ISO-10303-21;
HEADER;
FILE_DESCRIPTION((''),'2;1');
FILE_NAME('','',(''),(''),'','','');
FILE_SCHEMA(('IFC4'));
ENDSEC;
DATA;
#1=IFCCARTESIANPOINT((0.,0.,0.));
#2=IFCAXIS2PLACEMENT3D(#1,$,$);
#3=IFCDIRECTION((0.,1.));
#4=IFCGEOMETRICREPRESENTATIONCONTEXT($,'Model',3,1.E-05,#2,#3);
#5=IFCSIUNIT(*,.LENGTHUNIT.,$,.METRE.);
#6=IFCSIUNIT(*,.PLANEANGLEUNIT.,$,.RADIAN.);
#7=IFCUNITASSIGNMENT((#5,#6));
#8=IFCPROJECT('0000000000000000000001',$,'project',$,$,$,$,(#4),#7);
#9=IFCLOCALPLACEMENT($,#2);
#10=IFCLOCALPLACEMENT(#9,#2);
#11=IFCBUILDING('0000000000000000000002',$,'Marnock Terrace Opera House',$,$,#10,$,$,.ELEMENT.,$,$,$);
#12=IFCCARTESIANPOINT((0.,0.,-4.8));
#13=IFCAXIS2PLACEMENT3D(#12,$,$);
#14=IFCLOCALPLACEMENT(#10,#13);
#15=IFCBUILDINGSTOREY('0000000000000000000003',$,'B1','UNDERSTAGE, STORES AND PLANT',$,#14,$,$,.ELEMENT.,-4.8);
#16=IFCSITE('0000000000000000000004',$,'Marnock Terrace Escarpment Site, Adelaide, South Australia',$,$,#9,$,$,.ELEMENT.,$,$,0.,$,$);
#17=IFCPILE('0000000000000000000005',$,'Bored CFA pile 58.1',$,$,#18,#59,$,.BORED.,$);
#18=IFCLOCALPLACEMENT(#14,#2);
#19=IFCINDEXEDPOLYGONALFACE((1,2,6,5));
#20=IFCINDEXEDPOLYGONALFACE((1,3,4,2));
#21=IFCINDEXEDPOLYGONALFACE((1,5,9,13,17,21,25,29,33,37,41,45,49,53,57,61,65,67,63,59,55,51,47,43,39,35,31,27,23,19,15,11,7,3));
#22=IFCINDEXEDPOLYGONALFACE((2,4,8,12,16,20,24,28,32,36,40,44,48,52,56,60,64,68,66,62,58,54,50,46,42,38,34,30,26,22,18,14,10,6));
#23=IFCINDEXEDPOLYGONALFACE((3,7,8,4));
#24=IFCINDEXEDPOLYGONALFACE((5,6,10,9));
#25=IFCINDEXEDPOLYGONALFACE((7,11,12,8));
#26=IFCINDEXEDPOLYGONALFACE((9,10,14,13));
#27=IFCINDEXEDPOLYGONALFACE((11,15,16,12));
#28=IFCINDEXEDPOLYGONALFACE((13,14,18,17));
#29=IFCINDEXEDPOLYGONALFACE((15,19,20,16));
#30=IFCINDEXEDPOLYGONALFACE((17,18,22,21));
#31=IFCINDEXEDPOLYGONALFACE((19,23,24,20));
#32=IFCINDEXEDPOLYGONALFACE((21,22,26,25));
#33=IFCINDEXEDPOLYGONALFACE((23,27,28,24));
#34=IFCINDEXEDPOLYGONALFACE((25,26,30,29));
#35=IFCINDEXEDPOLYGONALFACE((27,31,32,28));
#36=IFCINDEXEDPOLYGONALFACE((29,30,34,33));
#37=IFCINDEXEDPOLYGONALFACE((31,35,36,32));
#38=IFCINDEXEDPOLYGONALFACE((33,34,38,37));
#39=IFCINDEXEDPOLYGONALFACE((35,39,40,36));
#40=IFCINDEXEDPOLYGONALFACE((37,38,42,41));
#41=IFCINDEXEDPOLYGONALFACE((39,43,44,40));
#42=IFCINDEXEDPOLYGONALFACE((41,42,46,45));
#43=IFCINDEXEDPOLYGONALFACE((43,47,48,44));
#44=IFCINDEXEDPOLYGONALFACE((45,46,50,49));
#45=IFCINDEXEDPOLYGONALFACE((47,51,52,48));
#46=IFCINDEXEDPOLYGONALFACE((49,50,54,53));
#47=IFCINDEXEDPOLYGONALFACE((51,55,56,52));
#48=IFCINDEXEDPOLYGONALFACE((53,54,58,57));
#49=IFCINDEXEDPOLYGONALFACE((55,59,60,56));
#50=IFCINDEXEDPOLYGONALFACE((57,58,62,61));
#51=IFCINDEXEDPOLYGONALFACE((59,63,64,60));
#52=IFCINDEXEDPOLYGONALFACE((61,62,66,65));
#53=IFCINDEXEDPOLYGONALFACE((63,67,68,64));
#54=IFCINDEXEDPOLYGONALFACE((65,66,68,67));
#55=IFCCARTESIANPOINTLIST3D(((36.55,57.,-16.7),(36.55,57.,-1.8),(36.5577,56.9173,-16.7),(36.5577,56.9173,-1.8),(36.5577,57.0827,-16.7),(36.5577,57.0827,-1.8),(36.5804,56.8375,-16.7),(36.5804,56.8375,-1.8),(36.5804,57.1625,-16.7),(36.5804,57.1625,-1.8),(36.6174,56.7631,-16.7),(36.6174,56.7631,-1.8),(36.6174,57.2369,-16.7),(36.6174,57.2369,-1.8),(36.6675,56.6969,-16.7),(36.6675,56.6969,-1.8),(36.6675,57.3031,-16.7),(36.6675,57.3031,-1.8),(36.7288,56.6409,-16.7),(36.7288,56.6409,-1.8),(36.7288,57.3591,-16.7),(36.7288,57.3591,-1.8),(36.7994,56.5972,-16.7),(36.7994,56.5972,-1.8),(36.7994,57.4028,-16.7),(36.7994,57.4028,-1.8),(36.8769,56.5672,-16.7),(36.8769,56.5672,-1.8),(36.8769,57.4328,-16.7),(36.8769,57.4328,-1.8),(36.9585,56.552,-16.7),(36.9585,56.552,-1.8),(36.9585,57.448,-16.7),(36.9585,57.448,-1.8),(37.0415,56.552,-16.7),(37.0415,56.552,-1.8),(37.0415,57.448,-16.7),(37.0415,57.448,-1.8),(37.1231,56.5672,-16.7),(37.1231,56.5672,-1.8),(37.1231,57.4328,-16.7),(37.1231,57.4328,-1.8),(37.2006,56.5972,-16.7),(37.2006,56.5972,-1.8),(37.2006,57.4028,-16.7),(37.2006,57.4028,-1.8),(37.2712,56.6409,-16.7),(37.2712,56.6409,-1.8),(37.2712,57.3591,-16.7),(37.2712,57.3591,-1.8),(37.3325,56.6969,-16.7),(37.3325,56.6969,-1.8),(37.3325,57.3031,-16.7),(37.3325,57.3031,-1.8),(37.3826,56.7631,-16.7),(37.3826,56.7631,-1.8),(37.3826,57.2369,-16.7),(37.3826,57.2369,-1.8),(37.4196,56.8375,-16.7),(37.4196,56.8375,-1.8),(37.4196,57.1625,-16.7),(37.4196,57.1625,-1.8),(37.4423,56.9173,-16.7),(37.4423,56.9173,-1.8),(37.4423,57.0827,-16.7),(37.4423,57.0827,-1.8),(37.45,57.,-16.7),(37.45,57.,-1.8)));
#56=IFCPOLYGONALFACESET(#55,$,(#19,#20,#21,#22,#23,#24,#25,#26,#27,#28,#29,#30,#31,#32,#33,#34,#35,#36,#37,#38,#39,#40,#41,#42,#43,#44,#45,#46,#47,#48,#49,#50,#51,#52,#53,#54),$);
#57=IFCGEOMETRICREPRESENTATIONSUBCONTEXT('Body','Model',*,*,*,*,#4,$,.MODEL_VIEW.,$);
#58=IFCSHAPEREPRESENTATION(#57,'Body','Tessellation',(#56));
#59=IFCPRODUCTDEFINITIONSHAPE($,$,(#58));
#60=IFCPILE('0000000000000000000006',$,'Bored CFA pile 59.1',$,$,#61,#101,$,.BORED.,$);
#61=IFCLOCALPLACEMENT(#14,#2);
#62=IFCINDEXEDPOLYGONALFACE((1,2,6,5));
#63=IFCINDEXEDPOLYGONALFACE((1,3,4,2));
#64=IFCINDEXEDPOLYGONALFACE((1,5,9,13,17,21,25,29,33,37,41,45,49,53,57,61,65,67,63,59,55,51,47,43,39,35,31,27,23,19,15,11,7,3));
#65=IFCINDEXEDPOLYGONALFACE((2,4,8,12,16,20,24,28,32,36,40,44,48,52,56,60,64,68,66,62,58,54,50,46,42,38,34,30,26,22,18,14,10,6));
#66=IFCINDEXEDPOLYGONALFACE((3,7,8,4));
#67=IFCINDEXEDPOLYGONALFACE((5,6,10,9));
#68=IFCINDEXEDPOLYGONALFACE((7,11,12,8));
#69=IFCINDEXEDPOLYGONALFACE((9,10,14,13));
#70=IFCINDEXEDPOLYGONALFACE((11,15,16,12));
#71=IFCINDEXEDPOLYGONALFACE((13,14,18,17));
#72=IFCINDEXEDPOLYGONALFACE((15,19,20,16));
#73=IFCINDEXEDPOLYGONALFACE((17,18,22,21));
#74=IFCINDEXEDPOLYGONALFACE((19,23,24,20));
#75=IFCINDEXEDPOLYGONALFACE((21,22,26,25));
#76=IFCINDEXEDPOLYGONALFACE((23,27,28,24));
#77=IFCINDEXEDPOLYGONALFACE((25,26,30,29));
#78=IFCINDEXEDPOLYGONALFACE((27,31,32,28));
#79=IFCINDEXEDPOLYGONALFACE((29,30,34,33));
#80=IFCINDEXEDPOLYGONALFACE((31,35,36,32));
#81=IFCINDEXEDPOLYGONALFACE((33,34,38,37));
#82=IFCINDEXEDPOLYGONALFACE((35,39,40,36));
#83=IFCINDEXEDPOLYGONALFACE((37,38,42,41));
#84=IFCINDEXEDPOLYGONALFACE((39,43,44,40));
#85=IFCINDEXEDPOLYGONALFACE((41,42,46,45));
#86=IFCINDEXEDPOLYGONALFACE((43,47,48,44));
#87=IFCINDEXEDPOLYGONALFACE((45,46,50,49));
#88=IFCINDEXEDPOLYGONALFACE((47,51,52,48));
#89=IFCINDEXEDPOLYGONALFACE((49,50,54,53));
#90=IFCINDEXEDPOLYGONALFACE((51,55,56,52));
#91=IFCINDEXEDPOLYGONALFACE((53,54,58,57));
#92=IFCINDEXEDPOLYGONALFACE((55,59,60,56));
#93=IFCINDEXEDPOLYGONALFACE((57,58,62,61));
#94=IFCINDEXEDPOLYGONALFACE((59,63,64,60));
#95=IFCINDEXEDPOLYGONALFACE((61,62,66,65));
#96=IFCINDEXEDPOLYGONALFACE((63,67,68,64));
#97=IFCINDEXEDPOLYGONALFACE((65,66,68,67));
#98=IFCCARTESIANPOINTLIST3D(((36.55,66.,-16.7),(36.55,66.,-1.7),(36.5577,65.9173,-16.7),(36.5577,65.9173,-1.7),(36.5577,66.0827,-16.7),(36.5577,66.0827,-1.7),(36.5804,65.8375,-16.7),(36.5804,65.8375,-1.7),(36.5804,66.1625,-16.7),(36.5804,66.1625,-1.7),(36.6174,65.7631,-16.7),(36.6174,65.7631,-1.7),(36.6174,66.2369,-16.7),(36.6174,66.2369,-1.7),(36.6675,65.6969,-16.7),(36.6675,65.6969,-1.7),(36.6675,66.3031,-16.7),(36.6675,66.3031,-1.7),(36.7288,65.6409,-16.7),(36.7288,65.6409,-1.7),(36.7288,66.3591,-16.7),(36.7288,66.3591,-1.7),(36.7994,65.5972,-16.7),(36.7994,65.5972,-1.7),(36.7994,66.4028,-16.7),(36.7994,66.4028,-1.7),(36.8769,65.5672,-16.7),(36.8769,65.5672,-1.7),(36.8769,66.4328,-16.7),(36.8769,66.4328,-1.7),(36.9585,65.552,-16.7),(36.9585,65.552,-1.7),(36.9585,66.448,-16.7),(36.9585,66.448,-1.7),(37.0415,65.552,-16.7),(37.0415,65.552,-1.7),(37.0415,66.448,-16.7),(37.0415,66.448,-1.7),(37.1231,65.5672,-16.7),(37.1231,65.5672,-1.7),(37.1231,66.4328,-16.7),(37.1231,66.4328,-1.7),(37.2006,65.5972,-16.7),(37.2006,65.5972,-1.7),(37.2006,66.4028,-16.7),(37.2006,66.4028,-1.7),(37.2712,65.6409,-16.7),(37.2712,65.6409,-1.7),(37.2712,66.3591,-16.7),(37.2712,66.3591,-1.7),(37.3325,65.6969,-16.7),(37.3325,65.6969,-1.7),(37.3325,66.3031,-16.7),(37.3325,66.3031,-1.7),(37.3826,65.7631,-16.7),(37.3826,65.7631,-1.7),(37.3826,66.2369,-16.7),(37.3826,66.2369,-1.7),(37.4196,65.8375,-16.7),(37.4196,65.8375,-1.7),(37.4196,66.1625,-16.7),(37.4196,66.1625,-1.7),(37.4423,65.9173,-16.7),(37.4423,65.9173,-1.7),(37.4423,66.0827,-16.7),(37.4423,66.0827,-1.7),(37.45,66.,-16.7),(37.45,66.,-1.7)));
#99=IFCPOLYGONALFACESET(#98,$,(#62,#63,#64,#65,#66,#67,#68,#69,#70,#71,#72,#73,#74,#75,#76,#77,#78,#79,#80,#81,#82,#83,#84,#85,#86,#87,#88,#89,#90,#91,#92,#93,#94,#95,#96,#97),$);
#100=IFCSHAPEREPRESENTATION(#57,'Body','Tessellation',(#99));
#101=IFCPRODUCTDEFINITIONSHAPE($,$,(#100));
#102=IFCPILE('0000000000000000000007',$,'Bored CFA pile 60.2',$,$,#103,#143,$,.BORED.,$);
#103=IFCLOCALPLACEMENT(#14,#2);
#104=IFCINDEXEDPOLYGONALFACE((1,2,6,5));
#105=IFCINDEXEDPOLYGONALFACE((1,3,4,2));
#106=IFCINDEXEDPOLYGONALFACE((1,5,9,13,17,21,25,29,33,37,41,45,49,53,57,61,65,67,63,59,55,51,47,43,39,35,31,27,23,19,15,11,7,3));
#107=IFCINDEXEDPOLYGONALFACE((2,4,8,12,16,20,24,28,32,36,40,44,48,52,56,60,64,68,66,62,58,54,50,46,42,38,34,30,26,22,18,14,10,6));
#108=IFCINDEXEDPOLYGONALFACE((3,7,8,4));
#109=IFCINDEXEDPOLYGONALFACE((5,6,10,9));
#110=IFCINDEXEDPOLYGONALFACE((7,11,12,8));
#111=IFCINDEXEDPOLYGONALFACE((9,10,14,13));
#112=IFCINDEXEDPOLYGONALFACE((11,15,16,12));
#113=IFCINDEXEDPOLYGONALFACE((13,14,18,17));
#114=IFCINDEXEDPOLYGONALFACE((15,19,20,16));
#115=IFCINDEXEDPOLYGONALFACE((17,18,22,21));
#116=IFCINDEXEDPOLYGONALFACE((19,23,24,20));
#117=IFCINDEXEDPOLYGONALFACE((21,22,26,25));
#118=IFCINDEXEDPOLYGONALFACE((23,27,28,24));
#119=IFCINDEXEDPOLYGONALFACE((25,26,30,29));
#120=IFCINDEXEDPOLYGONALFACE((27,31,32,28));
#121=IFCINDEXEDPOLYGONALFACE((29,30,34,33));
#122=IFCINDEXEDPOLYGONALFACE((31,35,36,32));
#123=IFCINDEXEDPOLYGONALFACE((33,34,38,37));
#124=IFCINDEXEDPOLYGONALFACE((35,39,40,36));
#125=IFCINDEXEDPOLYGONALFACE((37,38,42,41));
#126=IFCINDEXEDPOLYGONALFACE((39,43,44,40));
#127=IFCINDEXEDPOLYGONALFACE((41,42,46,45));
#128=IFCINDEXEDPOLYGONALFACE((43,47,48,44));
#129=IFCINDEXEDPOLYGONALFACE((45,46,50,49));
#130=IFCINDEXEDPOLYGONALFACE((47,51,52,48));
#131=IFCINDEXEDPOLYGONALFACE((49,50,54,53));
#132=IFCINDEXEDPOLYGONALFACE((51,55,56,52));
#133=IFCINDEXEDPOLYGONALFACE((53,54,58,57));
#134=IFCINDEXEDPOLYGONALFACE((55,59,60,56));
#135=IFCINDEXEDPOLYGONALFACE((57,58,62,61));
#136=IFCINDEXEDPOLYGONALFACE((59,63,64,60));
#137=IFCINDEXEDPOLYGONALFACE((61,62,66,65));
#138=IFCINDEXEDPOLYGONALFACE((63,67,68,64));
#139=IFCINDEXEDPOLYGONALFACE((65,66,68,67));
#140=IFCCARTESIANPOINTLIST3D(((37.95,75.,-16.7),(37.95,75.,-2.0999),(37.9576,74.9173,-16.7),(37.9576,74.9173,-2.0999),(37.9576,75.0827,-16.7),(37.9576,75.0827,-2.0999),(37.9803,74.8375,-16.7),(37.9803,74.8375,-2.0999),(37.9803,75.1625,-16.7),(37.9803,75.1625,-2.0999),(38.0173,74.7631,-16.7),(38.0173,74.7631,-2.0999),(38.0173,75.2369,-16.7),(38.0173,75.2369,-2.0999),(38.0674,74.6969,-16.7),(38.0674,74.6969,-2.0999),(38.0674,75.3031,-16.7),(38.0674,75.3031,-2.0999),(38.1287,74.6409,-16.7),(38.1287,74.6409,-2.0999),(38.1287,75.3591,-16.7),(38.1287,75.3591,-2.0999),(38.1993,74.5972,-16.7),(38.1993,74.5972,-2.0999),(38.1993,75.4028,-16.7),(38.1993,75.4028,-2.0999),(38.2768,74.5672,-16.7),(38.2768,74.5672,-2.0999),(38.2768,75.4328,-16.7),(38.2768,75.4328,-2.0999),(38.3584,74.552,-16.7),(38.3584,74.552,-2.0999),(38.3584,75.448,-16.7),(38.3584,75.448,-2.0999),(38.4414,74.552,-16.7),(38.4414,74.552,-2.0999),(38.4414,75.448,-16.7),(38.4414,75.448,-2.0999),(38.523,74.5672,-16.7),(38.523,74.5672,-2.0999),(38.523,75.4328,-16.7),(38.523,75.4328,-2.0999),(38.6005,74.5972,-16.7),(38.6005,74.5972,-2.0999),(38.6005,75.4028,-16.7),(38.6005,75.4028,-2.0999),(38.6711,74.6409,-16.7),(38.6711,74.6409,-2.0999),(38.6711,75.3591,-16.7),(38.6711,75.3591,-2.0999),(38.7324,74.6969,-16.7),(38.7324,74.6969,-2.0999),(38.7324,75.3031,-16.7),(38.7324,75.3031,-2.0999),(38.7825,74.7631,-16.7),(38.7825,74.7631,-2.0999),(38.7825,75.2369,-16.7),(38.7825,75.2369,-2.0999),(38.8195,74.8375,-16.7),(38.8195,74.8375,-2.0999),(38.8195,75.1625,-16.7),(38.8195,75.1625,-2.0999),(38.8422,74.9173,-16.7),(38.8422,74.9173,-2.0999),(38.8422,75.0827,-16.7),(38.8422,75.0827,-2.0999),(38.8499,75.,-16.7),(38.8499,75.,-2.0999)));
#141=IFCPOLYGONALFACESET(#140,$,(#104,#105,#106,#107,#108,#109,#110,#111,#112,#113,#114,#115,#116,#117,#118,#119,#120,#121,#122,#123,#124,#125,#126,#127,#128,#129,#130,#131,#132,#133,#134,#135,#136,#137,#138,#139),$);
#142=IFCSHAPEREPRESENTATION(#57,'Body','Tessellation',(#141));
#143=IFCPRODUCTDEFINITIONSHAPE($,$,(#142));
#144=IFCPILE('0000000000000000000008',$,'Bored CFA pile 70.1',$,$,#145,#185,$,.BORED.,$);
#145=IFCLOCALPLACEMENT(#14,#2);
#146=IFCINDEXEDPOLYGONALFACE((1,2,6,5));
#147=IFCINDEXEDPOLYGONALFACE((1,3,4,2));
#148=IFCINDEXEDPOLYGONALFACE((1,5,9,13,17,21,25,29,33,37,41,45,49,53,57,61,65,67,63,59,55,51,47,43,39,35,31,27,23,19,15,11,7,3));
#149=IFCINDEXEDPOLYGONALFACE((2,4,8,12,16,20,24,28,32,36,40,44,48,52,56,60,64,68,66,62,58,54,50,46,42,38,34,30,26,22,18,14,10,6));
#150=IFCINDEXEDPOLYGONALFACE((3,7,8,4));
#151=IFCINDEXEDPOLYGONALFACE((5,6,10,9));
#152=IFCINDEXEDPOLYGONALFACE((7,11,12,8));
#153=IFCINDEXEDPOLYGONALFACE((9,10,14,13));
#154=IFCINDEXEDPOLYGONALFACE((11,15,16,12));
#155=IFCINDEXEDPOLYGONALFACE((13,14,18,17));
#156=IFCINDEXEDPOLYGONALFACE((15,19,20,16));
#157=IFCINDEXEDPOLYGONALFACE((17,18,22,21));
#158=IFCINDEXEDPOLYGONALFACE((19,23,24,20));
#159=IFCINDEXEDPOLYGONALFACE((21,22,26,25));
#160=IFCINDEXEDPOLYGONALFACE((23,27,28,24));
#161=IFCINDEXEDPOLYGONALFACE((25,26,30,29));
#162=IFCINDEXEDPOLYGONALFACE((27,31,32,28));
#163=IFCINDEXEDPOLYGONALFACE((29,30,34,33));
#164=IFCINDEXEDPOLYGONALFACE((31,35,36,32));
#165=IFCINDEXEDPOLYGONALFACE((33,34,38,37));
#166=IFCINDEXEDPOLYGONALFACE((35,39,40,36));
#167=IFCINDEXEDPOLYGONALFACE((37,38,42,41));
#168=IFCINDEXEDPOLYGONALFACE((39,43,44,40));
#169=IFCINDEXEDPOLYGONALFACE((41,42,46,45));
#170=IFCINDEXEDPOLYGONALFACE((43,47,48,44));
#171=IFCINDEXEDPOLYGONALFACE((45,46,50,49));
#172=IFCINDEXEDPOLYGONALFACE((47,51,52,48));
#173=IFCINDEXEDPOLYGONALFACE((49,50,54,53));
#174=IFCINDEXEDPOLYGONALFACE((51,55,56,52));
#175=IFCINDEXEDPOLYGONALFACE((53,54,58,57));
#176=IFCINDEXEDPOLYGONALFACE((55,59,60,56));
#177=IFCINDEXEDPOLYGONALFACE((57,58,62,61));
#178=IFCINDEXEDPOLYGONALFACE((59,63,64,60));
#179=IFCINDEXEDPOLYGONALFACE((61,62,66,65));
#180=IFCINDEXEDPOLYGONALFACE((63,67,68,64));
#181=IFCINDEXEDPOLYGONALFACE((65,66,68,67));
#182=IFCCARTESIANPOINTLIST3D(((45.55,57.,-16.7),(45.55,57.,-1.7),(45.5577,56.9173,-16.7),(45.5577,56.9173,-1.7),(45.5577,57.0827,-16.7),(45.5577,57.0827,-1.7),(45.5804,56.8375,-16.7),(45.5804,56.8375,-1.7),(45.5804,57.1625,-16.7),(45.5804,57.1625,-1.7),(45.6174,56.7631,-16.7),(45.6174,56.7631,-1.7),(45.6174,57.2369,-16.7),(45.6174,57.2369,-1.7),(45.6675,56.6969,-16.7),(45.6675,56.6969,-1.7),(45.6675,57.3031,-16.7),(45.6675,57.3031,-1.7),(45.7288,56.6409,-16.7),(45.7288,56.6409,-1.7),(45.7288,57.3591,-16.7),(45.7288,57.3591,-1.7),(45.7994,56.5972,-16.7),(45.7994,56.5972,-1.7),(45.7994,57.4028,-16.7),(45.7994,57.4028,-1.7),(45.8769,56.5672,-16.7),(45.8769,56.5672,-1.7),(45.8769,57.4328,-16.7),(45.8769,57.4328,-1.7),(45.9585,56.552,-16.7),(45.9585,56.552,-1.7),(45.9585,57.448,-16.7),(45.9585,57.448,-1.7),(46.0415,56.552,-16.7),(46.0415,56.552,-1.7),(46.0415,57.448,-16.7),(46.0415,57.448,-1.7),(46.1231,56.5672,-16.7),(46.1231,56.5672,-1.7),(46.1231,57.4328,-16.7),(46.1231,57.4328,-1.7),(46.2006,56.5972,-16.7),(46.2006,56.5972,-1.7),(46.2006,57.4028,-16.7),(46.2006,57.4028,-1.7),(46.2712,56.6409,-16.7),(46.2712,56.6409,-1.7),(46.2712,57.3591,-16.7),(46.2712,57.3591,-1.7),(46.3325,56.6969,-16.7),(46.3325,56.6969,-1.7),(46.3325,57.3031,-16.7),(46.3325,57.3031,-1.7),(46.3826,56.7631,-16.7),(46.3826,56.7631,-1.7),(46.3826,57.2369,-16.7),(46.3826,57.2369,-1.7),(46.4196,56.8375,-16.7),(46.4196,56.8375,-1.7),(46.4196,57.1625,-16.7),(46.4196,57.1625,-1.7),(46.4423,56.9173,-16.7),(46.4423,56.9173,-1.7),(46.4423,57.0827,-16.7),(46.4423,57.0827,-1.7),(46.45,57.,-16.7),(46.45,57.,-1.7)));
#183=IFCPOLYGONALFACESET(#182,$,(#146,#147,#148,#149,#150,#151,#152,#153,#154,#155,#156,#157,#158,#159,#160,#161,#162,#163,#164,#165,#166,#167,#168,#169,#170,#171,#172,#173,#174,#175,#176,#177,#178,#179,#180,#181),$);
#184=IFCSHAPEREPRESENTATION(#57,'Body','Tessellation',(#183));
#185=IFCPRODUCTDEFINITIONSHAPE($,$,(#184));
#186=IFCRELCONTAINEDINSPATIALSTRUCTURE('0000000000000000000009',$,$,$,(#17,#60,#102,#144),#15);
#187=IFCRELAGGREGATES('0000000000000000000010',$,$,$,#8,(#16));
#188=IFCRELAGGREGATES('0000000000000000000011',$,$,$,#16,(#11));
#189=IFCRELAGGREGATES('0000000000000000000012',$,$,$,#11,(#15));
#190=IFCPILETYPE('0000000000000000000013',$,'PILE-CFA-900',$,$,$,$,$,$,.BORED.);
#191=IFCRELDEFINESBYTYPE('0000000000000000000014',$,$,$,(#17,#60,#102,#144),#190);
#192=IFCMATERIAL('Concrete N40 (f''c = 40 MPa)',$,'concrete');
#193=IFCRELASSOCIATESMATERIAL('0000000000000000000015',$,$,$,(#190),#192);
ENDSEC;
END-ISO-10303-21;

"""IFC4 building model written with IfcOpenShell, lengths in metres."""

from ifc_helpers import new_model, si_unit, direction, frame, origin, origin_2d, place, context, subcontext, project, spatial, circle, extrude, material, material_profile, profile_set, type_object, element, save


model = new_model("IFC4")

# Units and contexts
model_context = context("Model", 3, precision=1e-05, world=origin(), true_north=direction((0.0, 1.0)))
body_context = subcontext(model_context, "Body", "Model", "MODEL_VIEW")
ifc_project = project(units=[si_unit("LENGTHUNIT", "METRE"), si_unit("PLANEANGLEUNIT", "RADIAN")], contexts=[model_context])

# Site, building, storey
site_placement = place(None, origin())
site = spatial("IfcSite", under=ifc_project, at=site_placement, Name="Marnock Terrace Escarpment Site, Adelaide, South Australia", CompositionType="ELEMENT", RefElevation=0.0)
building_placement = place(site_placement, origin())
building = spatial("IfcBuilding", under=site, at=building_placement, Name="Marnock Terrace Opera House", CompositionType="ELEMENT")
storey_placement = place(building_placement, frame((0.0, 0.0, -4.8)))
storey = spatial("IfcBuildingStorey", under=building, at=storey_placement, Name="B1", Description="UNDERSTAGE, STORES AND PLANT", CompositionType="ELEMENT", Elevation=-4.8)

# Shared definitions
ifc_material_1 = material(Name="Concrete N40 (f'c = 40 MPa)", Category="concrete")

# Piles
ifc_material_profile_1 = material_profile(ifc_material_1, circle(Radius=0.45, at=origin_2d()))
ifc_profile_set_1 = profile_set([ifc_material_profile_1], Name="Concrete N40 (f'c = 40 MPa)")
pile_type = type_object("IfcPileType", Name="PILE-CFA-900", PredefinedType="BORED", material=ifc_profile_set_1)
pile_1_placement = place(storey_placement, frame((37.0, 57.0, -1.8), z_axis=(0.0, 0.0, -1.0), x_axis=(1.0, 0.0, 0.0)))
element("IfcPile", 1, at=pile_1_placement, inside=storey, type_object=pile_type, Name="Bored CFA pile 58.1", PredefinedType="BORED", context=body_context, shape_type="SweptSolid", body=[
    extrude(circle(Radius=0.45, at=origin_2d()), origin(), (0.0, 0.0, 1.0), 14.8999),
])
pile_2_placement = place(storey_placement, frame((37.0, 66.0, -1.7), z_axis=(0.0, 0.0, -1.0), x_axis=(1.0, 0.0, 0.0)))
element("IfcPile", 2, at=pile_2_placement, inside=storey, type_object=pile_type, Name="Bored CFA pile 59.1", PredefinedType="BORED", context=body_context, shape_type="SweptSolid", body=[
    extrude(circle(Radius=0.45, at=origin_2d()), origin(), (0.0, 0.0, 1.0), 15.0),
])
pile_3_placement = place(storey_placement, frame((38.3999, 75.0, -2.0999), z_axis=(0.0, 0.0, -1.0), x_axis=(1.0, 0.0, 0.0)))
element("IfcPile", 3, at=pile_3_placement, inside=storey, type_object=pile_type, Name="Bored CFA pile 60.2", PredefinedType="BORED", context=body_context, shape_type="SweptSolid", body=[
    extrude(circle(Radius=0.45, at=origin_2d()), origin(), (0.0, 0.0, 1.0), 14.6001),
])
pile_4_placement = place(storey_placement, frame((46.0, 57.0, -1.7), z_axis=(0.0, 0.0, -1.0), x_axis=(1.0, 0.0, 0.0)))
element("IfcPile", 4, at=pile_4_placement, inside=storey, type_object=pile_type, Name="Bored CFA pile 70.1", PredefinedType="BORED", context=body_context, shape_type="SweptSolid", body=[
    extrude(circle(Radius=0.45, at=origin_2d()), origin(), (0.0, 0.0, 1.0), 15.0),
])

save(model, "model.ifc")
